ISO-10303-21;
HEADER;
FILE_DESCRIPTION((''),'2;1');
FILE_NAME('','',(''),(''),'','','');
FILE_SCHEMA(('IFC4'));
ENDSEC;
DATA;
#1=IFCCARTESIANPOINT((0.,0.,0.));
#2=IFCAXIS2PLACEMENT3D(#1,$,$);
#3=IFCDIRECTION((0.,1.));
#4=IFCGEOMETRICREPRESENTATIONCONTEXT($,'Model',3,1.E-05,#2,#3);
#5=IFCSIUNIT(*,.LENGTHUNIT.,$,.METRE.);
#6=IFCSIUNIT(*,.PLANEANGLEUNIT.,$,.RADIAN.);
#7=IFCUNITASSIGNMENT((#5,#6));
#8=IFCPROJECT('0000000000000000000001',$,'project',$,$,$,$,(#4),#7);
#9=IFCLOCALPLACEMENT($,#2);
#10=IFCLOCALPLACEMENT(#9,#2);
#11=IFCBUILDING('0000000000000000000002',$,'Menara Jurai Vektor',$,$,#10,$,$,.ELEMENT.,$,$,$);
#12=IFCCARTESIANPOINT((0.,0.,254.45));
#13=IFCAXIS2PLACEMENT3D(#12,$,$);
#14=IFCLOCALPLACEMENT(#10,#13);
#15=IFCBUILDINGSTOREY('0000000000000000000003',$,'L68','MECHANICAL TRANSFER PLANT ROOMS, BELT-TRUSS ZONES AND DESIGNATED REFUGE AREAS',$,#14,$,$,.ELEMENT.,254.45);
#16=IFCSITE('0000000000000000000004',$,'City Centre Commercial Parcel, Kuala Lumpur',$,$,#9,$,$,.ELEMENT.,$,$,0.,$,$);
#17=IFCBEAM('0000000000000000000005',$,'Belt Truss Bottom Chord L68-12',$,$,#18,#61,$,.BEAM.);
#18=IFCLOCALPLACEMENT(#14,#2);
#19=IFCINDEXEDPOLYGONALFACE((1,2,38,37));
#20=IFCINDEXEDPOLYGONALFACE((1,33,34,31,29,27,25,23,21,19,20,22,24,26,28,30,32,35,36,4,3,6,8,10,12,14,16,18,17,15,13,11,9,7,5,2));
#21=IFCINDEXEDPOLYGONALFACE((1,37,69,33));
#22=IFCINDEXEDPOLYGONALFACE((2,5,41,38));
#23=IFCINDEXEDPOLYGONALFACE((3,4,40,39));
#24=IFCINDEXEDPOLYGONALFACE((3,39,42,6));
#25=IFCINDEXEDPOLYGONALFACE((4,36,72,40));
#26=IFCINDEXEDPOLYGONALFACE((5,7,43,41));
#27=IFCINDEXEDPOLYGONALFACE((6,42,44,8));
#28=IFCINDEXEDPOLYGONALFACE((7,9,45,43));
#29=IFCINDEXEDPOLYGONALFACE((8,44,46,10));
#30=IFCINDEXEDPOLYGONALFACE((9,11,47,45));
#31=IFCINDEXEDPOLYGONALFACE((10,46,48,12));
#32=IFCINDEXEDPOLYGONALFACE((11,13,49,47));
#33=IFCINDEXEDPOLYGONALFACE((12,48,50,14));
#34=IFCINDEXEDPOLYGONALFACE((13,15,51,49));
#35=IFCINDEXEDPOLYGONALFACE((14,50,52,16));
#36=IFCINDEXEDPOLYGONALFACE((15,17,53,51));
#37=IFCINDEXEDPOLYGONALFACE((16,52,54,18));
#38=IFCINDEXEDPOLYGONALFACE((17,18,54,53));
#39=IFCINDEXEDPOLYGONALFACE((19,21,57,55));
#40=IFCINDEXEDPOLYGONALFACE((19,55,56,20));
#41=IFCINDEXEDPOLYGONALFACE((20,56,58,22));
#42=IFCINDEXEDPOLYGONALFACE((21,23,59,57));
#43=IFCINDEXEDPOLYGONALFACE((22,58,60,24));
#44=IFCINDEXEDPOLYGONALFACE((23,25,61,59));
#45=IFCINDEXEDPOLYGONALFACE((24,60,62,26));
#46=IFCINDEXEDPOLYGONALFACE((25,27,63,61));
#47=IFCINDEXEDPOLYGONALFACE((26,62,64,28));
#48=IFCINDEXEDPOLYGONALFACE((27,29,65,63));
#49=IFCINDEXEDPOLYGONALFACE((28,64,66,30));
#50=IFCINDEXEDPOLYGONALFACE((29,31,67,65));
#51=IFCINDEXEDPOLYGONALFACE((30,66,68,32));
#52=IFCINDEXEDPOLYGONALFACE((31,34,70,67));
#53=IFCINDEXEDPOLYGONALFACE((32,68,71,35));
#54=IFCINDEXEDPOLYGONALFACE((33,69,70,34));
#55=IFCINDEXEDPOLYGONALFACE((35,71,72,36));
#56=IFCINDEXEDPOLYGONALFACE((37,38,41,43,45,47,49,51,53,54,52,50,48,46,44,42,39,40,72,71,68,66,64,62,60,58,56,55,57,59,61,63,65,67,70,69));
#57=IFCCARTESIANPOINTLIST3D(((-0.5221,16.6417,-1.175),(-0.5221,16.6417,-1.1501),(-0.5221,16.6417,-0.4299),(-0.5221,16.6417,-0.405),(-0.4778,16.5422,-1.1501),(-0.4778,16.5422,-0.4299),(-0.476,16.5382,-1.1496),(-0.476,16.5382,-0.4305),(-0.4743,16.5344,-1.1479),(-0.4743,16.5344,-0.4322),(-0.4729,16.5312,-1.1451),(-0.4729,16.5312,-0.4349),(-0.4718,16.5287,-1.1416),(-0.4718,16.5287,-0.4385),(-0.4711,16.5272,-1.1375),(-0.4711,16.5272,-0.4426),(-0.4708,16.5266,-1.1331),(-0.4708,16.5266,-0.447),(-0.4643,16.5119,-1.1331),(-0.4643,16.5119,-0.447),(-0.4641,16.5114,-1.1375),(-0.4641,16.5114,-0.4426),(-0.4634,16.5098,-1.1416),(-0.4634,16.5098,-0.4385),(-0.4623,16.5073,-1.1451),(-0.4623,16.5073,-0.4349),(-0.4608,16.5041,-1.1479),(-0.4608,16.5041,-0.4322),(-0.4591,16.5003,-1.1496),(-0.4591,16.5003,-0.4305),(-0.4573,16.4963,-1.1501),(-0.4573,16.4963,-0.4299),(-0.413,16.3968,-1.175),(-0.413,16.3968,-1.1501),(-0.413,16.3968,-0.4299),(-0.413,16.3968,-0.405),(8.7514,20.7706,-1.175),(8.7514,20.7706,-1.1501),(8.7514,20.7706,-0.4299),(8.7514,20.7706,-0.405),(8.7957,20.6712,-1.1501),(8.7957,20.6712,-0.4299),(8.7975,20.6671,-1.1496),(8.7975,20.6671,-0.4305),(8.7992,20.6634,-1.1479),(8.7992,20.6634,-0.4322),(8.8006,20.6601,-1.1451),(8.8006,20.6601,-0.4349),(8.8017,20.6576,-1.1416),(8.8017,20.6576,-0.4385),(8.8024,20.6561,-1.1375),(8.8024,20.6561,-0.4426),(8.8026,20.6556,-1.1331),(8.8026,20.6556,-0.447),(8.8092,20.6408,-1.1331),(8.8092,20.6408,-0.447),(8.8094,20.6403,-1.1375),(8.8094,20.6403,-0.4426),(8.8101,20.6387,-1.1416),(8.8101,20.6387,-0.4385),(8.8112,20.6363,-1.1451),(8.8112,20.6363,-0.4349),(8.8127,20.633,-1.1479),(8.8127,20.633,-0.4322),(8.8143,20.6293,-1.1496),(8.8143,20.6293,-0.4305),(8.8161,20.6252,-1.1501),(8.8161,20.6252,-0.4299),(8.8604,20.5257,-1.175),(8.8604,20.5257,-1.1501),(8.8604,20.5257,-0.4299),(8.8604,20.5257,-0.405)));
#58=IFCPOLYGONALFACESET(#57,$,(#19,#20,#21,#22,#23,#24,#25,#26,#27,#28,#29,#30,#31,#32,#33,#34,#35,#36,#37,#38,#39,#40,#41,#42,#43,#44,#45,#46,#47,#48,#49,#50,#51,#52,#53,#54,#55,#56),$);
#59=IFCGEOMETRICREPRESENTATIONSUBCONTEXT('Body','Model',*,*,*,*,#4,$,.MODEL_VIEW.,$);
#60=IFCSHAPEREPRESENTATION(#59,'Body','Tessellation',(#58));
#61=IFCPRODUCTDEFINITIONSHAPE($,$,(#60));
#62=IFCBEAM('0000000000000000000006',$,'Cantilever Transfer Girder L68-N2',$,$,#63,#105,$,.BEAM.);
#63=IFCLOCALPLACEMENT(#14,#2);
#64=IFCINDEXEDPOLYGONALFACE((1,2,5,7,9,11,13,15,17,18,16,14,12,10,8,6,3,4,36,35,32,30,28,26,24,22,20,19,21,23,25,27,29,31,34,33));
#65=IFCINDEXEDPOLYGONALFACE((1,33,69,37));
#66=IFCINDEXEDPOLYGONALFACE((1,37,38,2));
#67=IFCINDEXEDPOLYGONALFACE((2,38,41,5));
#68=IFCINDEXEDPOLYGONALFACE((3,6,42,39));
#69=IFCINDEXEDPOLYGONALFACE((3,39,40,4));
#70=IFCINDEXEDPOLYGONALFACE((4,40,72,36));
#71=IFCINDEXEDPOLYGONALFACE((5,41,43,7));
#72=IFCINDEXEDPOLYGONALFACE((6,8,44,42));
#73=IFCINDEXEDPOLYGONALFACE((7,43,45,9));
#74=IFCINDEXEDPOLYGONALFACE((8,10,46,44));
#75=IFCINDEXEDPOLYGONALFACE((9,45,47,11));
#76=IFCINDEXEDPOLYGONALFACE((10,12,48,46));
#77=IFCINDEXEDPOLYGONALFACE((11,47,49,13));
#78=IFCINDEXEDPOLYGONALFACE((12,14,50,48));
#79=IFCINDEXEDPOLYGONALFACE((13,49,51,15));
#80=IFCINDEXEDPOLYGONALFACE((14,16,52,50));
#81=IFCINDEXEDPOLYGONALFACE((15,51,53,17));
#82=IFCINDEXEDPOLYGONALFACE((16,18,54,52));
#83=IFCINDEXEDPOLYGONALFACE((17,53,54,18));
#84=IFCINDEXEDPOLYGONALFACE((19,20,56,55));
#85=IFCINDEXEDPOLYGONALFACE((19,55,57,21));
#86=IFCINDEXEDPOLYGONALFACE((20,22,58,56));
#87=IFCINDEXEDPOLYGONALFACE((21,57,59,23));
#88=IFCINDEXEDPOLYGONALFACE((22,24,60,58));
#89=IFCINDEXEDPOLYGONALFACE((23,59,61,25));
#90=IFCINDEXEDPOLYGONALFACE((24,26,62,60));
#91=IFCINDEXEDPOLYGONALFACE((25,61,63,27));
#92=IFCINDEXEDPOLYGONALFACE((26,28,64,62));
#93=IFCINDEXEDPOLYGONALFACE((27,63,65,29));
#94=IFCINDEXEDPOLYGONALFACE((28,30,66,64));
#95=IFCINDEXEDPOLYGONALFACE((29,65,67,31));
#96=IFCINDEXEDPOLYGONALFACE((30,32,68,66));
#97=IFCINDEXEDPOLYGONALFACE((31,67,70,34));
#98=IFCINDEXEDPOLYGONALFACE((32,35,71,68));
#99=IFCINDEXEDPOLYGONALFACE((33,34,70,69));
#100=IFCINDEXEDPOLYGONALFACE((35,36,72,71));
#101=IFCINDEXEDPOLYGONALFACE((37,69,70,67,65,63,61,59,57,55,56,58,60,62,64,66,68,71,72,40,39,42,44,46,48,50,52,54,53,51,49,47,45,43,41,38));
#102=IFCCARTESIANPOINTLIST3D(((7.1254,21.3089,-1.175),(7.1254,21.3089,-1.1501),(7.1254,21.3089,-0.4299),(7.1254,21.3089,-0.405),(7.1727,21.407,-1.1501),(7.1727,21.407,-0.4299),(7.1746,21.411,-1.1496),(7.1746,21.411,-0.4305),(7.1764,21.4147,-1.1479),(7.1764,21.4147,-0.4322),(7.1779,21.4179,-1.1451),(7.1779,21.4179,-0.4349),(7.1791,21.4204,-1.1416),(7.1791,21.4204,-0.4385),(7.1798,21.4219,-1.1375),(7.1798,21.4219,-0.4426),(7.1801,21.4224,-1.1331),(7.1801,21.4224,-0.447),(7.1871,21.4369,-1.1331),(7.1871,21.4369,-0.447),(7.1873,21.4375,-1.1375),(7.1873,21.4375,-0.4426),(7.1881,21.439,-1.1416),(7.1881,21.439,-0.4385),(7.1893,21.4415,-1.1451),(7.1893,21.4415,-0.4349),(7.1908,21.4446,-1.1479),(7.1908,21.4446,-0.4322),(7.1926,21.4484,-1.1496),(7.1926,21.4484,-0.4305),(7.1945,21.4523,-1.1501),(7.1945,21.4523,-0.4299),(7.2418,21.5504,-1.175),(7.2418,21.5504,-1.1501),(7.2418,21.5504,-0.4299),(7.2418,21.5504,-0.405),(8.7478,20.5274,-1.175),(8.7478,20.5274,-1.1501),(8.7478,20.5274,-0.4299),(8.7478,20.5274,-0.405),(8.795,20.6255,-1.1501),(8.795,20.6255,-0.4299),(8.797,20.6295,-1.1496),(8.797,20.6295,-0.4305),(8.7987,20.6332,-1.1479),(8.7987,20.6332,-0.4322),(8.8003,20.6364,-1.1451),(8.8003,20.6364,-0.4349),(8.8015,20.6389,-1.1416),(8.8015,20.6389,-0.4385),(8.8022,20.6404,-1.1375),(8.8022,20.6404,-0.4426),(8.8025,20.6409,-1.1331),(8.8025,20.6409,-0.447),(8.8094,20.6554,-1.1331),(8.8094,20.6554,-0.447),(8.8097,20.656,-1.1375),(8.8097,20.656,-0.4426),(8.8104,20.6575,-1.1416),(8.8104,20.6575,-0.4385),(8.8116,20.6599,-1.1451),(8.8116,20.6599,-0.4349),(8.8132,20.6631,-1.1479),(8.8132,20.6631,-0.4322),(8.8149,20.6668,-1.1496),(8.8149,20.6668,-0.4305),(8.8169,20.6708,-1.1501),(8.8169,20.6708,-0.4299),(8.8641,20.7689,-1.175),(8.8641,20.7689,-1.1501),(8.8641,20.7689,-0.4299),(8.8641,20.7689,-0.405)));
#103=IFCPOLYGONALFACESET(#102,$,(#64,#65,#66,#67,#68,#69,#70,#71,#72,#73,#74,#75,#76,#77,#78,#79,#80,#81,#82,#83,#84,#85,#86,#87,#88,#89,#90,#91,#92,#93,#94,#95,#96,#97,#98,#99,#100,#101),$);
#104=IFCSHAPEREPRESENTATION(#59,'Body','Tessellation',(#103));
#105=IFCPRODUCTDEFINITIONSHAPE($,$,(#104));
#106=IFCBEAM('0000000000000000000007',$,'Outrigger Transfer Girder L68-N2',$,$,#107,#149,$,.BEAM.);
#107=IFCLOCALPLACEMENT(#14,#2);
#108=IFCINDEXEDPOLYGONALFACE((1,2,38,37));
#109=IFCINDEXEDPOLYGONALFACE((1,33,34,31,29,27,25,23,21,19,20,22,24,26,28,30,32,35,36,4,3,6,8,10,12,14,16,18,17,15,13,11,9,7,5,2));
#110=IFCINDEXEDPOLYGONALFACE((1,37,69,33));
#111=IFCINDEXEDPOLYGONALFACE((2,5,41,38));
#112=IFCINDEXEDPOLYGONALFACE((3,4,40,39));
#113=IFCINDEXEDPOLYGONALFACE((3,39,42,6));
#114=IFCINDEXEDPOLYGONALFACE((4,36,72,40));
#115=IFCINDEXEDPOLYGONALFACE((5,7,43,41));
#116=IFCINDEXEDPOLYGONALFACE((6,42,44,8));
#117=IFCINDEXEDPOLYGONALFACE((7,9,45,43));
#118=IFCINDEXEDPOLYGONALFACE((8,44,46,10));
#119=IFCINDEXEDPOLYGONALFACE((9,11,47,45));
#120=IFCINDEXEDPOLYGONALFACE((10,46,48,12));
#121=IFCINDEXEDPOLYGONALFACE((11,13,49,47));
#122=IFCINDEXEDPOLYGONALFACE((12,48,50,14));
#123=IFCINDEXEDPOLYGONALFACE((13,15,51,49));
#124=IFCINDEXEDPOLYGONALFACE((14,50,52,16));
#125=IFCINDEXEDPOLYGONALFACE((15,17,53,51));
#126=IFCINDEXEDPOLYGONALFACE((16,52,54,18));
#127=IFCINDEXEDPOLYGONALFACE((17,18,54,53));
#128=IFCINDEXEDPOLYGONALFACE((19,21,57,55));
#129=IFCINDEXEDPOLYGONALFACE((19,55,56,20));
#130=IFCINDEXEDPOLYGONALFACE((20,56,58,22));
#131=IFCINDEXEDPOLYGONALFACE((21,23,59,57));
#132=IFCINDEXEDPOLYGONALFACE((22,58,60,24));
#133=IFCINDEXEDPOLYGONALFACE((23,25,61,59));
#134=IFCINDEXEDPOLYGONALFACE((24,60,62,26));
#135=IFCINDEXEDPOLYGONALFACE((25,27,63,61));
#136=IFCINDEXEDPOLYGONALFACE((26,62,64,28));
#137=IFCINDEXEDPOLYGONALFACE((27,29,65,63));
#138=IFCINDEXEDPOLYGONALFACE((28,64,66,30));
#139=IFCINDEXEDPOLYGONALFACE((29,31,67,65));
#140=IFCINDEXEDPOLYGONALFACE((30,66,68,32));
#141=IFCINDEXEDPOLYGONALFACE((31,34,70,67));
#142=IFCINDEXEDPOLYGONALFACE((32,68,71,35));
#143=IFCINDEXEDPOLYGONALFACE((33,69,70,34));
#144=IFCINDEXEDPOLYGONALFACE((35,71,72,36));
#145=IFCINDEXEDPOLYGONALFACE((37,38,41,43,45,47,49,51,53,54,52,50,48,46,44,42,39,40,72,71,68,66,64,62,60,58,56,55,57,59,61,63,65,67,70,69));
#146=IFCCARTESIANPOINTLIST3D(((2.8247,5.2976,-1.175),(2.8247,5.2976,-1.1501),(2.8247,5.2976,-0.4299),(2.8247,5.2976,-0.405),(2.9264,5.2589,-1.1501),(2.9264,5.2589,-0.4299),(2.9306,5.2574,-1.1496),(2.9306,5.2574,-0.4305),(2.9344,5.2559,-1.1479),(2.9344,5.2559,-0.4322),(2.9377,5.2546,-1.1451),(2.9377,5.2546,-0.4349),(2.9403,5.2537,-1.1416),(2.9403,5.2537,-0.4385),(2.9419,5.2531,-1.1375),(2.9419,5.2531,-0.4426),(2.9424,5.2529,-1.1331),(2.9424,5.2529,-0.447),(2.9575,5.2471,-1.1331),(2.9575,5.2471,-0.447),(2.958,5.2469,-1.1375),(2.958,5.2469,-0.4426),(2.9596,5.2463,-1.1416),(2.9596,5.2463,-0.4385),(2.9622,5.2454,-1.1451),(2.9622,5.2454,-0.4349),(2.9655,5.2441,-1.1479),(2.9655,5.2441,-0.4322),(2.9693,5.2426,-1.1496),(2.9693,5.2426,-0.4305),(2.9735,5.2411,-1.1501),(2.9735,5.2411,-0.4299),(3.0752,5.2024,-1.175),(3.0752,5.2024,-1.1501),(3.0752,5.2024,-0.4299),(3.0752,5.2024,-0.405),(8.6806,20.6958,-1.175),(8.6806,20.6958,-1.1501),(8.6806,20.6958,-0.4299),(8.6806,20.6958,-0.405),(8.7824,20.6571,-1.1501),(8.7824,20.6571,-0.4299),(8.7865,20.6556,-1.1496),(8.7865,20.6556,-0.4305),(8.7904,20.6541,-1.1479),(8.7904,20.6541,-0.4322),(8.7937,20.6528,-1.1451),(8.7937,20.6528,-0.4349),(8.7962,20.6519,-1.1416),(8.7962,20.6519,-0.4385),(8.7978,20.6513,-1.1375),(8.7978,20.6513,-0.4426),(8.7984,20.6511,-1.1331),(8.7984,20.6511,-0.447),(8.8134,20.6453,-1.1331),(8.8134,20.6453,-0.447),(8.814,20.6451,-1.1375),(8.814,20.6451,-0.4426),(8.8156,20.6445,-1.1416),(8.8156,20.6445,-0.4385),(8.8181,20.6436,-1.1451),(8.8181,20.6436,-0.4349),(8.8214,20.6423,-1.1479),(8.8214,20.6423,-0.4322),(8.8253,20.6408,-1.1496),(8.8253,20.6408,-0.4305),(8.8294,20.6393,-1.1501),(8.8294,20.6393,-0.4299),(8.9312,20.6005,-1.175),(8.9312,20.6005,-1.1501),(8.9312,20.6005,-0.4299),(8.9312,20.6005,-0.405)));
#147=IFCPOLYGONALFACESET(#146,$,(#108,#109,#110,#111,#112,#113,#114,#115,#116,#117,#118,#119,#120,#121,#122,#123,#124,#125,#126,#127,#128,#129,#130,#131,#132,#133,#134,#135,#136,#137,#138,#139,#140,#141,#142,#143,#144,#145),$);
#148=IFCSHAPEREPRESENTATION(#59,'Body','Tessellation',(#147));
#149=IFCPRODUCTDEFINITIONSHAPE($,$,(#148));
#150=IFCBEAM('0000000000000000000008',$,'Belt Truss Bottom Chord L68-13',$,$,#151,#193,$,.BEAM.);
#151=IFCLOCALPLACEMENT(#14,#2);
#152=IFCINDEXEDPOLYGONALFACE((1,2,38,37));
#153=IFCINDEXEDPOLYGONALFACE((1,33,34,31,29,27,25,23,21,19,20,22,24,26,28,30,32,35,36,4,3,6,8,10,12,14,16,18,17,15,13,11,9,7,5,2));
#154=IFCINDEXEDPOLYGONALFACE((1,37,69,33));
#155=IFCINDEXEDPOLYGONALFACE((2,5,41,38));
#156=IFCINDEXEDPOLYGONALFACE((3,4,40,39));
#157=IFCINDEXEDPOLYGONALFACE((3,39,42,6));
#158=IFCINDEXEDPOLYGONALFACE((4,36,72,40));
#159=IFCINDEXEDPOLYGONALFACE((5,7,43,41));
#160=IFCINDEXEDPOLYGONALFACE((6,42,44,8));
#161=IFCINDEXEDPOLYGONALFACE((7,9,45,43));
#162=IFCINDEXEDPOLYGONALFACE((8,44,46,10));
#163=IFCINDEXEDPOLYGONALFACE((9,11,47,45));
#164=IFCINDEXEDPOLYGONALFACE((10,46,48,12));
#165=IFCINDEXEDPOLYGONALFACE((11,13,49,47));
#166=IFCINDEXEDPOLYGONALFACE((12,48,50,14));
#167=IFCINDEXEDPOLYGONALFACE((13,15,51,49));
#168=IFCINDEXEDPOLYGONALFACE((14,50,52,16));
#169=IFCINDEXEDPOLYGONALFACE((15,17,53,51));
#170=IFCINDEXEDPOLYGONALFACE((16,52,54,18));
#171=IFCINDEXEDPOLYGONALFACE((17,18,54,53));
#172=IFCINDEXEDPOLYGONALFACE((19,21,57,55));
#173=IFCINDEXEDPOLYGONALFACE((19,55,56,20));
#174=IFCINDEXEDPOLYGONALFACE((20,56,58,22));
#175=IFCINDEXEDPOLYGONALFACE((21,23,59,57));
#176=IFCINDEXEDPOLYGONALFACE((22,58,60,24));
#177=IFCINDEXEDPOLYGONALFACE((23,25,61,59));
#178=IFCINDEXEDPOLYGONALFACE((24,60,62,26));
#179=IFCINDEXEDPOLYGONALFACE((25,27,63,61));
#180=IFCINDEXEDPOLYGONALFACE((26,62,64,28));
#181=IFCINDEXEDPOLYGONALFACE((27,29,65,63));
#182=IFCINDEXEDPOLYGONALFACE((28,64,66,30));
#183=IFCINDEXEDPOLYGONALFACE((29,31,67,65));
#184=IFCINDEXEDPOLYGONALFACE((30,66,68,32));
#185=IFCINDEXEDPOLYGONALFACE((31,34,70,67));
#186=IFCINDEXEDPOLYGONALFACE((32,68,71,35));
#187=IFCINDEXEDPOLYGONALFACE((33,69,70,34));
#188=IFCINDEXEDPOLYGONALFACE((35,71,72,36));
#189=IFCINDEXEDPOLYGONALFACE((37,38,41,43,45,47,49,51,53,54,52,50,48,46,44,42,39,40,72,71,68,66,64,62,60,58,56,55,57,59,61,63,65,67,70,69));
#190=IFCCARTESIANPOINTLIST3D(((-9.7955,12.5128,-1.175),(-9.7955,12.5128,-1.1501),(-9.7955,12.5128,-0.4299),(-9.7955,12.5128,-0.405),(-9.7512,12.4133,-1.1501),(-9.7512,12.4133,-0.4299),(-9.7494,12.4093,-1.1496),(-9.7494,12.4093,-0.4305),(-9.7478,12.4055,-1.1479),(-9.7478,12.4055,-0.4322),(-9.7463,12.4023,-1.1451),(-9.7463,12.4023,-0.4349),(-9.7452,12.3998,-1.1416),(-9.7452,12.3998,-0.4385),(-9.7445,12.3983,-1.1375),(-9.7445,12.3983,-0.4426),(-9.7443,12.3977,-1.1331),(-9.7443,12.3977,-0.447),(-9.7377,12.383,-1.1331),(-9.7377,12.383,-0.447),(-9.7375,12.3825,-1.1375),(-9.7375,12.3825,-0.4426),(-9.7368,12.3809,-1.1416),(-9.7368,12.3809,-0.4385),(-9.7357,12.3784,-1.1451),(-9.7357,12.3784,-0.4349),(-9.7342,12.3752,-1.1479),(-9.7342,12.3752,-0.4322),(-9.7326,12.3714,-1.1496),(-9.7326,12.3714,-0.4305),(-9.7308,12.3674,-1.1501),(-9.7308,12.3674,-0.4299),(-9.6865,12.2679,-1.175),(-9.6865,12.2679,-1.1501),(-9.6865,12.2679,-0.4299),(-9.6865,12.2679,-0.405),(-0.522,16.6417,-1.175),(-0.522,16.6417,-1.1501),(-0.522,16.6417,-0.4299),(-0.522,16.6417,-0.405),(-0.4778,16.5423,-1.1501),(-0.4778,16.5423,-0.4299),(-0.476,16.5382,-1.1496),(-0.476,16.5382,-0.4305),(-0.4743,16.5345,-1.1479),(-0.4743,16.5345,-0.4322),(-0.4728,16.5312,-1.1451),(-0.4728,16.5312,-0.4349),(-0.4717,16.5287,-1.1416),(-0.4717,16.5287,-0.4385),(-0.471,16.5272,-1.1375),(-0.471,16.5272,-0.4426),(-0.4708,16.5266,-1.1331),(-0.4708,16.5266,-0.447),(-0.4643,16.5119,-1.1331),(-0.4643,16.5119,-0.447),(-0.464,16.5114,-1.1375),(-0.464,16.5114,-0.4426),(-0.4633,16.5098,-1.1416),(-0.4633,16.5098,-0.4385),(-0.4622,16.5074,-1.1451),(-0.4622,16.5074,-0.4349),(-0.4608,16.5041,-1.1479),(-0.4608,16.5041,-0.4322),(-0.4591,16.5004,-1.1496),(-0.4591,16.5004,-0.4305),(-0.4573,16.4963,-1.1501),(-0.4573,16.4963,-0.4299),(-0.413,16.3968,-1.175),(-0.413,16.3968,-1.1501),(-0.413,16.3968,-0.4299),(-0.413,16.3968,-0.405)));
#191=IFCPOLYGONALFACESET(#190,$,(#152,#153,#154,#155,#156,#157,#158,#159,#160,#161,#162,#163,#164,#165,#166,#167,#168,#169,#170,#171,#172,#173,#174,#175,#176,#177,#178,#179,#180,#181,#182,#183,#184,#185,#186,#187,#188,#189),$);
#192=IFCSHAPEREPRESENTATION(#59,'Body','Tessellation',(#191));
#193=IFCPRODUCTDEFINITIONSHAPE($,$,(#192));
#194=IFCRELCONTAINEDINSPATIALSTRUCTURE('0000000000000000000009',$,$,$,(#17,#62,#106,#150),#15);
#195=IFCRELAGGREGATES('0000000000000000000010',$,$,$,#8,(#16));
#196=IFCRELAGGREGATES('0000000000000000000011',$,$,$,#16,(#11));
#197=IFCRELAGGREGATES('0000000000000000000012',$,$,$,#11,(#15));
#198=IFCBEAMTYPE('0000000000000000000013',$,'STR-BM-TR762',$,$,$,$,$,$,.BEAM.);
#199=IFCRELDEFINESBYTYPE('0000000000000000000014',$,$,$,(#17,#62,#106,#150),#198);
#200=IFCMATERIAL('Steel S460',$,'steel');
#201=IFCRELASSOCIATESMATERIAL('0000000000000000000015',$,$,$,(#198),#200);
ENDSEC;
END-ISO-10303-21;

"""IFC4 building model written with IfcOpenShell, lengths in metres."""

from ifc_helpers import new_model, si_unit, direction, frame, origin, origin_2d, place, context, subcontext, project, spatial, i_section, extrude, material, material_profile, profile_set, type_object, element, save


model = new_model("IFC4")

# Units and contexts
model_context = context("Model", 3, precision=1e-05, world=origin(), true_north=direction((0.0, 1.0)))
body_context = subcontext(model_context, "Body", "Model", "MODEL_VIEW")
ifc_project = project(units=[si_unit("LENGTHUNIT", "METRE"), si_unit("PLANEANGLEUNIT", "RADIAN")], contexts=[model_context])

# Site, building, storey
site_placement = place(None, origin())
site = spatial("IfcSite", under=ifc_project, at=site_placement, Name="City Centre Commercial Parcel, Kuala Lumpur", CompositionType="ELEMENT", RefElevation=0.0)
building_placement = place(site_placement, origin())
building = spatial("IfcBuilding", under=site, at=building_placement, Name="Menara Jurai Vektor", CompositionType="ELEMENT")
storey_placement = place(building_placement, frame((0.0, 0.0, 254.45)))
storey = spatial("IfcBuildingStorey", under=building, at=storey_placement, Name="L68", Description="MECHANICAL TRANSFER PLANT ROOMS, BELT-TRUSS ZONES AND DESIGNATED REFUGE AREAS", CompositionType="ELEMENT", Elevation=254.45)

# Shared definitions
ifc_material_1 = material(Name="Steel S460", Category="steel")

# Beams
ifc_material_profile_1 = material_profile(ifc_material_1, i_section(OverallWidth=0.2681, OverallDepth=0.77, WebThickness=0.0161, FlangeThickness=0.0249, FilletRadius=0.0171, at=origin_2d()), Name="UKB 762x267x197")
ifc_profile_set_1 = profile_set([ifc_material_profile_1], Name="Steel S460")
beam_type_1 = type_object("IfcBeamType", Name="STR-BM-TR762", PredefinedType="BEAM", material=ifc_profile_set_1)
beam_1_placement = place(storey_placement, frame((8.8059, 20.6482, -0.79), z_axis=(-0.913542, -0.406745, 0.0), x_axis=(0.406745, -0.913542, 0.0)))
element("IfcBeam", 1, at=beam_1_placement, inside=storey, type_object=beam_type_1, Name="Belt Truss Bottom Chord L68-12", PredefinedType="BEAM", context=body_context, shape_type="SweptSolid", body=[
    extrude(i_section(OverallWidth=0.2681, OverallDepth=0.77, WebThickness=0.0161, FlangeThickness=0.0249, FilletRadius=0.0171, at=origin_2d()), origin(), (0.0, 0.0, 1.0), 10.1511),
])
beam_2_placement = place(storey_placement, frame((7.1836, 21.4297, -0.79), z_axis=(0.900919, -0.433987, 0.0), x_axis=(0.433987, 0.900919, 0.0)))
element("IfcBeam", 2, at=beam_2_placement, inside=storey, type_object=beam_type_1, Name="Cantilever Transfer Girder L68-N2", PredefinedType="BEAM", context=body_context, shape_type="SweptSolid", body=[
    extrude(i_section(OverallWidth=0.2681, OverallDepth=0.77, WebThickness=0.0161, FlangeThickness=0.0249, FilletRadius=0.0171, at=origin_2d()), origin(), (0.0, 0.0, 1.0), 1.8008),
])
beam_3_placement = place(storey_placement, frame((8.8059, 20.6482, -0.79), z_axis=(-0.355464, -0.93469, 0.0), x_axis=(0.93469, -0.355464, 0.0)))
element("IfcBeam", 3, at=beam_3_placement, inside=storey, type_object=beam_type_1, Name="Outrigger Transfer Girder L68-N2", PredefinedType="BEAM", context=body_context, shape_type="SweptSolid", body=[
    extrude(i_section(OverallWidth=0.2681, OverallDepth=0.77, WebThickness=0.0161, FlangeThickness=0.0249, FilletRadius=0.0171, at=origin_2d()), origin(), (0.0, 0.0, 1.0), 16.4741),
])
beam_4_placement = place(storey_placement, frame((-0.4675, 16.5193, -0.79), z_axis=(-0.913542, -0.406745, 0.0), x_axis=(0.406745, -0.913542, 0.0)))
element("IfcBeam", 4, at=beam_4_placement, inside=storey, type_object=beam_type_1, Name="Belt Truss Bottom Chord L68-13", PredefinedType="BEAM", context=body_context, shape_type="SweptSolid", body=[
    extrude(i_section(OverallWidth=0.2681, OverallDepth=0.77, WebThickness=0.0161, FlangeThickness=0.0249, FilletRadius=0.0171, at=origin_2d()), origin(), (0.0, 0.0, 1.0), 10.1511),
])

save(model, "model.ifc")
